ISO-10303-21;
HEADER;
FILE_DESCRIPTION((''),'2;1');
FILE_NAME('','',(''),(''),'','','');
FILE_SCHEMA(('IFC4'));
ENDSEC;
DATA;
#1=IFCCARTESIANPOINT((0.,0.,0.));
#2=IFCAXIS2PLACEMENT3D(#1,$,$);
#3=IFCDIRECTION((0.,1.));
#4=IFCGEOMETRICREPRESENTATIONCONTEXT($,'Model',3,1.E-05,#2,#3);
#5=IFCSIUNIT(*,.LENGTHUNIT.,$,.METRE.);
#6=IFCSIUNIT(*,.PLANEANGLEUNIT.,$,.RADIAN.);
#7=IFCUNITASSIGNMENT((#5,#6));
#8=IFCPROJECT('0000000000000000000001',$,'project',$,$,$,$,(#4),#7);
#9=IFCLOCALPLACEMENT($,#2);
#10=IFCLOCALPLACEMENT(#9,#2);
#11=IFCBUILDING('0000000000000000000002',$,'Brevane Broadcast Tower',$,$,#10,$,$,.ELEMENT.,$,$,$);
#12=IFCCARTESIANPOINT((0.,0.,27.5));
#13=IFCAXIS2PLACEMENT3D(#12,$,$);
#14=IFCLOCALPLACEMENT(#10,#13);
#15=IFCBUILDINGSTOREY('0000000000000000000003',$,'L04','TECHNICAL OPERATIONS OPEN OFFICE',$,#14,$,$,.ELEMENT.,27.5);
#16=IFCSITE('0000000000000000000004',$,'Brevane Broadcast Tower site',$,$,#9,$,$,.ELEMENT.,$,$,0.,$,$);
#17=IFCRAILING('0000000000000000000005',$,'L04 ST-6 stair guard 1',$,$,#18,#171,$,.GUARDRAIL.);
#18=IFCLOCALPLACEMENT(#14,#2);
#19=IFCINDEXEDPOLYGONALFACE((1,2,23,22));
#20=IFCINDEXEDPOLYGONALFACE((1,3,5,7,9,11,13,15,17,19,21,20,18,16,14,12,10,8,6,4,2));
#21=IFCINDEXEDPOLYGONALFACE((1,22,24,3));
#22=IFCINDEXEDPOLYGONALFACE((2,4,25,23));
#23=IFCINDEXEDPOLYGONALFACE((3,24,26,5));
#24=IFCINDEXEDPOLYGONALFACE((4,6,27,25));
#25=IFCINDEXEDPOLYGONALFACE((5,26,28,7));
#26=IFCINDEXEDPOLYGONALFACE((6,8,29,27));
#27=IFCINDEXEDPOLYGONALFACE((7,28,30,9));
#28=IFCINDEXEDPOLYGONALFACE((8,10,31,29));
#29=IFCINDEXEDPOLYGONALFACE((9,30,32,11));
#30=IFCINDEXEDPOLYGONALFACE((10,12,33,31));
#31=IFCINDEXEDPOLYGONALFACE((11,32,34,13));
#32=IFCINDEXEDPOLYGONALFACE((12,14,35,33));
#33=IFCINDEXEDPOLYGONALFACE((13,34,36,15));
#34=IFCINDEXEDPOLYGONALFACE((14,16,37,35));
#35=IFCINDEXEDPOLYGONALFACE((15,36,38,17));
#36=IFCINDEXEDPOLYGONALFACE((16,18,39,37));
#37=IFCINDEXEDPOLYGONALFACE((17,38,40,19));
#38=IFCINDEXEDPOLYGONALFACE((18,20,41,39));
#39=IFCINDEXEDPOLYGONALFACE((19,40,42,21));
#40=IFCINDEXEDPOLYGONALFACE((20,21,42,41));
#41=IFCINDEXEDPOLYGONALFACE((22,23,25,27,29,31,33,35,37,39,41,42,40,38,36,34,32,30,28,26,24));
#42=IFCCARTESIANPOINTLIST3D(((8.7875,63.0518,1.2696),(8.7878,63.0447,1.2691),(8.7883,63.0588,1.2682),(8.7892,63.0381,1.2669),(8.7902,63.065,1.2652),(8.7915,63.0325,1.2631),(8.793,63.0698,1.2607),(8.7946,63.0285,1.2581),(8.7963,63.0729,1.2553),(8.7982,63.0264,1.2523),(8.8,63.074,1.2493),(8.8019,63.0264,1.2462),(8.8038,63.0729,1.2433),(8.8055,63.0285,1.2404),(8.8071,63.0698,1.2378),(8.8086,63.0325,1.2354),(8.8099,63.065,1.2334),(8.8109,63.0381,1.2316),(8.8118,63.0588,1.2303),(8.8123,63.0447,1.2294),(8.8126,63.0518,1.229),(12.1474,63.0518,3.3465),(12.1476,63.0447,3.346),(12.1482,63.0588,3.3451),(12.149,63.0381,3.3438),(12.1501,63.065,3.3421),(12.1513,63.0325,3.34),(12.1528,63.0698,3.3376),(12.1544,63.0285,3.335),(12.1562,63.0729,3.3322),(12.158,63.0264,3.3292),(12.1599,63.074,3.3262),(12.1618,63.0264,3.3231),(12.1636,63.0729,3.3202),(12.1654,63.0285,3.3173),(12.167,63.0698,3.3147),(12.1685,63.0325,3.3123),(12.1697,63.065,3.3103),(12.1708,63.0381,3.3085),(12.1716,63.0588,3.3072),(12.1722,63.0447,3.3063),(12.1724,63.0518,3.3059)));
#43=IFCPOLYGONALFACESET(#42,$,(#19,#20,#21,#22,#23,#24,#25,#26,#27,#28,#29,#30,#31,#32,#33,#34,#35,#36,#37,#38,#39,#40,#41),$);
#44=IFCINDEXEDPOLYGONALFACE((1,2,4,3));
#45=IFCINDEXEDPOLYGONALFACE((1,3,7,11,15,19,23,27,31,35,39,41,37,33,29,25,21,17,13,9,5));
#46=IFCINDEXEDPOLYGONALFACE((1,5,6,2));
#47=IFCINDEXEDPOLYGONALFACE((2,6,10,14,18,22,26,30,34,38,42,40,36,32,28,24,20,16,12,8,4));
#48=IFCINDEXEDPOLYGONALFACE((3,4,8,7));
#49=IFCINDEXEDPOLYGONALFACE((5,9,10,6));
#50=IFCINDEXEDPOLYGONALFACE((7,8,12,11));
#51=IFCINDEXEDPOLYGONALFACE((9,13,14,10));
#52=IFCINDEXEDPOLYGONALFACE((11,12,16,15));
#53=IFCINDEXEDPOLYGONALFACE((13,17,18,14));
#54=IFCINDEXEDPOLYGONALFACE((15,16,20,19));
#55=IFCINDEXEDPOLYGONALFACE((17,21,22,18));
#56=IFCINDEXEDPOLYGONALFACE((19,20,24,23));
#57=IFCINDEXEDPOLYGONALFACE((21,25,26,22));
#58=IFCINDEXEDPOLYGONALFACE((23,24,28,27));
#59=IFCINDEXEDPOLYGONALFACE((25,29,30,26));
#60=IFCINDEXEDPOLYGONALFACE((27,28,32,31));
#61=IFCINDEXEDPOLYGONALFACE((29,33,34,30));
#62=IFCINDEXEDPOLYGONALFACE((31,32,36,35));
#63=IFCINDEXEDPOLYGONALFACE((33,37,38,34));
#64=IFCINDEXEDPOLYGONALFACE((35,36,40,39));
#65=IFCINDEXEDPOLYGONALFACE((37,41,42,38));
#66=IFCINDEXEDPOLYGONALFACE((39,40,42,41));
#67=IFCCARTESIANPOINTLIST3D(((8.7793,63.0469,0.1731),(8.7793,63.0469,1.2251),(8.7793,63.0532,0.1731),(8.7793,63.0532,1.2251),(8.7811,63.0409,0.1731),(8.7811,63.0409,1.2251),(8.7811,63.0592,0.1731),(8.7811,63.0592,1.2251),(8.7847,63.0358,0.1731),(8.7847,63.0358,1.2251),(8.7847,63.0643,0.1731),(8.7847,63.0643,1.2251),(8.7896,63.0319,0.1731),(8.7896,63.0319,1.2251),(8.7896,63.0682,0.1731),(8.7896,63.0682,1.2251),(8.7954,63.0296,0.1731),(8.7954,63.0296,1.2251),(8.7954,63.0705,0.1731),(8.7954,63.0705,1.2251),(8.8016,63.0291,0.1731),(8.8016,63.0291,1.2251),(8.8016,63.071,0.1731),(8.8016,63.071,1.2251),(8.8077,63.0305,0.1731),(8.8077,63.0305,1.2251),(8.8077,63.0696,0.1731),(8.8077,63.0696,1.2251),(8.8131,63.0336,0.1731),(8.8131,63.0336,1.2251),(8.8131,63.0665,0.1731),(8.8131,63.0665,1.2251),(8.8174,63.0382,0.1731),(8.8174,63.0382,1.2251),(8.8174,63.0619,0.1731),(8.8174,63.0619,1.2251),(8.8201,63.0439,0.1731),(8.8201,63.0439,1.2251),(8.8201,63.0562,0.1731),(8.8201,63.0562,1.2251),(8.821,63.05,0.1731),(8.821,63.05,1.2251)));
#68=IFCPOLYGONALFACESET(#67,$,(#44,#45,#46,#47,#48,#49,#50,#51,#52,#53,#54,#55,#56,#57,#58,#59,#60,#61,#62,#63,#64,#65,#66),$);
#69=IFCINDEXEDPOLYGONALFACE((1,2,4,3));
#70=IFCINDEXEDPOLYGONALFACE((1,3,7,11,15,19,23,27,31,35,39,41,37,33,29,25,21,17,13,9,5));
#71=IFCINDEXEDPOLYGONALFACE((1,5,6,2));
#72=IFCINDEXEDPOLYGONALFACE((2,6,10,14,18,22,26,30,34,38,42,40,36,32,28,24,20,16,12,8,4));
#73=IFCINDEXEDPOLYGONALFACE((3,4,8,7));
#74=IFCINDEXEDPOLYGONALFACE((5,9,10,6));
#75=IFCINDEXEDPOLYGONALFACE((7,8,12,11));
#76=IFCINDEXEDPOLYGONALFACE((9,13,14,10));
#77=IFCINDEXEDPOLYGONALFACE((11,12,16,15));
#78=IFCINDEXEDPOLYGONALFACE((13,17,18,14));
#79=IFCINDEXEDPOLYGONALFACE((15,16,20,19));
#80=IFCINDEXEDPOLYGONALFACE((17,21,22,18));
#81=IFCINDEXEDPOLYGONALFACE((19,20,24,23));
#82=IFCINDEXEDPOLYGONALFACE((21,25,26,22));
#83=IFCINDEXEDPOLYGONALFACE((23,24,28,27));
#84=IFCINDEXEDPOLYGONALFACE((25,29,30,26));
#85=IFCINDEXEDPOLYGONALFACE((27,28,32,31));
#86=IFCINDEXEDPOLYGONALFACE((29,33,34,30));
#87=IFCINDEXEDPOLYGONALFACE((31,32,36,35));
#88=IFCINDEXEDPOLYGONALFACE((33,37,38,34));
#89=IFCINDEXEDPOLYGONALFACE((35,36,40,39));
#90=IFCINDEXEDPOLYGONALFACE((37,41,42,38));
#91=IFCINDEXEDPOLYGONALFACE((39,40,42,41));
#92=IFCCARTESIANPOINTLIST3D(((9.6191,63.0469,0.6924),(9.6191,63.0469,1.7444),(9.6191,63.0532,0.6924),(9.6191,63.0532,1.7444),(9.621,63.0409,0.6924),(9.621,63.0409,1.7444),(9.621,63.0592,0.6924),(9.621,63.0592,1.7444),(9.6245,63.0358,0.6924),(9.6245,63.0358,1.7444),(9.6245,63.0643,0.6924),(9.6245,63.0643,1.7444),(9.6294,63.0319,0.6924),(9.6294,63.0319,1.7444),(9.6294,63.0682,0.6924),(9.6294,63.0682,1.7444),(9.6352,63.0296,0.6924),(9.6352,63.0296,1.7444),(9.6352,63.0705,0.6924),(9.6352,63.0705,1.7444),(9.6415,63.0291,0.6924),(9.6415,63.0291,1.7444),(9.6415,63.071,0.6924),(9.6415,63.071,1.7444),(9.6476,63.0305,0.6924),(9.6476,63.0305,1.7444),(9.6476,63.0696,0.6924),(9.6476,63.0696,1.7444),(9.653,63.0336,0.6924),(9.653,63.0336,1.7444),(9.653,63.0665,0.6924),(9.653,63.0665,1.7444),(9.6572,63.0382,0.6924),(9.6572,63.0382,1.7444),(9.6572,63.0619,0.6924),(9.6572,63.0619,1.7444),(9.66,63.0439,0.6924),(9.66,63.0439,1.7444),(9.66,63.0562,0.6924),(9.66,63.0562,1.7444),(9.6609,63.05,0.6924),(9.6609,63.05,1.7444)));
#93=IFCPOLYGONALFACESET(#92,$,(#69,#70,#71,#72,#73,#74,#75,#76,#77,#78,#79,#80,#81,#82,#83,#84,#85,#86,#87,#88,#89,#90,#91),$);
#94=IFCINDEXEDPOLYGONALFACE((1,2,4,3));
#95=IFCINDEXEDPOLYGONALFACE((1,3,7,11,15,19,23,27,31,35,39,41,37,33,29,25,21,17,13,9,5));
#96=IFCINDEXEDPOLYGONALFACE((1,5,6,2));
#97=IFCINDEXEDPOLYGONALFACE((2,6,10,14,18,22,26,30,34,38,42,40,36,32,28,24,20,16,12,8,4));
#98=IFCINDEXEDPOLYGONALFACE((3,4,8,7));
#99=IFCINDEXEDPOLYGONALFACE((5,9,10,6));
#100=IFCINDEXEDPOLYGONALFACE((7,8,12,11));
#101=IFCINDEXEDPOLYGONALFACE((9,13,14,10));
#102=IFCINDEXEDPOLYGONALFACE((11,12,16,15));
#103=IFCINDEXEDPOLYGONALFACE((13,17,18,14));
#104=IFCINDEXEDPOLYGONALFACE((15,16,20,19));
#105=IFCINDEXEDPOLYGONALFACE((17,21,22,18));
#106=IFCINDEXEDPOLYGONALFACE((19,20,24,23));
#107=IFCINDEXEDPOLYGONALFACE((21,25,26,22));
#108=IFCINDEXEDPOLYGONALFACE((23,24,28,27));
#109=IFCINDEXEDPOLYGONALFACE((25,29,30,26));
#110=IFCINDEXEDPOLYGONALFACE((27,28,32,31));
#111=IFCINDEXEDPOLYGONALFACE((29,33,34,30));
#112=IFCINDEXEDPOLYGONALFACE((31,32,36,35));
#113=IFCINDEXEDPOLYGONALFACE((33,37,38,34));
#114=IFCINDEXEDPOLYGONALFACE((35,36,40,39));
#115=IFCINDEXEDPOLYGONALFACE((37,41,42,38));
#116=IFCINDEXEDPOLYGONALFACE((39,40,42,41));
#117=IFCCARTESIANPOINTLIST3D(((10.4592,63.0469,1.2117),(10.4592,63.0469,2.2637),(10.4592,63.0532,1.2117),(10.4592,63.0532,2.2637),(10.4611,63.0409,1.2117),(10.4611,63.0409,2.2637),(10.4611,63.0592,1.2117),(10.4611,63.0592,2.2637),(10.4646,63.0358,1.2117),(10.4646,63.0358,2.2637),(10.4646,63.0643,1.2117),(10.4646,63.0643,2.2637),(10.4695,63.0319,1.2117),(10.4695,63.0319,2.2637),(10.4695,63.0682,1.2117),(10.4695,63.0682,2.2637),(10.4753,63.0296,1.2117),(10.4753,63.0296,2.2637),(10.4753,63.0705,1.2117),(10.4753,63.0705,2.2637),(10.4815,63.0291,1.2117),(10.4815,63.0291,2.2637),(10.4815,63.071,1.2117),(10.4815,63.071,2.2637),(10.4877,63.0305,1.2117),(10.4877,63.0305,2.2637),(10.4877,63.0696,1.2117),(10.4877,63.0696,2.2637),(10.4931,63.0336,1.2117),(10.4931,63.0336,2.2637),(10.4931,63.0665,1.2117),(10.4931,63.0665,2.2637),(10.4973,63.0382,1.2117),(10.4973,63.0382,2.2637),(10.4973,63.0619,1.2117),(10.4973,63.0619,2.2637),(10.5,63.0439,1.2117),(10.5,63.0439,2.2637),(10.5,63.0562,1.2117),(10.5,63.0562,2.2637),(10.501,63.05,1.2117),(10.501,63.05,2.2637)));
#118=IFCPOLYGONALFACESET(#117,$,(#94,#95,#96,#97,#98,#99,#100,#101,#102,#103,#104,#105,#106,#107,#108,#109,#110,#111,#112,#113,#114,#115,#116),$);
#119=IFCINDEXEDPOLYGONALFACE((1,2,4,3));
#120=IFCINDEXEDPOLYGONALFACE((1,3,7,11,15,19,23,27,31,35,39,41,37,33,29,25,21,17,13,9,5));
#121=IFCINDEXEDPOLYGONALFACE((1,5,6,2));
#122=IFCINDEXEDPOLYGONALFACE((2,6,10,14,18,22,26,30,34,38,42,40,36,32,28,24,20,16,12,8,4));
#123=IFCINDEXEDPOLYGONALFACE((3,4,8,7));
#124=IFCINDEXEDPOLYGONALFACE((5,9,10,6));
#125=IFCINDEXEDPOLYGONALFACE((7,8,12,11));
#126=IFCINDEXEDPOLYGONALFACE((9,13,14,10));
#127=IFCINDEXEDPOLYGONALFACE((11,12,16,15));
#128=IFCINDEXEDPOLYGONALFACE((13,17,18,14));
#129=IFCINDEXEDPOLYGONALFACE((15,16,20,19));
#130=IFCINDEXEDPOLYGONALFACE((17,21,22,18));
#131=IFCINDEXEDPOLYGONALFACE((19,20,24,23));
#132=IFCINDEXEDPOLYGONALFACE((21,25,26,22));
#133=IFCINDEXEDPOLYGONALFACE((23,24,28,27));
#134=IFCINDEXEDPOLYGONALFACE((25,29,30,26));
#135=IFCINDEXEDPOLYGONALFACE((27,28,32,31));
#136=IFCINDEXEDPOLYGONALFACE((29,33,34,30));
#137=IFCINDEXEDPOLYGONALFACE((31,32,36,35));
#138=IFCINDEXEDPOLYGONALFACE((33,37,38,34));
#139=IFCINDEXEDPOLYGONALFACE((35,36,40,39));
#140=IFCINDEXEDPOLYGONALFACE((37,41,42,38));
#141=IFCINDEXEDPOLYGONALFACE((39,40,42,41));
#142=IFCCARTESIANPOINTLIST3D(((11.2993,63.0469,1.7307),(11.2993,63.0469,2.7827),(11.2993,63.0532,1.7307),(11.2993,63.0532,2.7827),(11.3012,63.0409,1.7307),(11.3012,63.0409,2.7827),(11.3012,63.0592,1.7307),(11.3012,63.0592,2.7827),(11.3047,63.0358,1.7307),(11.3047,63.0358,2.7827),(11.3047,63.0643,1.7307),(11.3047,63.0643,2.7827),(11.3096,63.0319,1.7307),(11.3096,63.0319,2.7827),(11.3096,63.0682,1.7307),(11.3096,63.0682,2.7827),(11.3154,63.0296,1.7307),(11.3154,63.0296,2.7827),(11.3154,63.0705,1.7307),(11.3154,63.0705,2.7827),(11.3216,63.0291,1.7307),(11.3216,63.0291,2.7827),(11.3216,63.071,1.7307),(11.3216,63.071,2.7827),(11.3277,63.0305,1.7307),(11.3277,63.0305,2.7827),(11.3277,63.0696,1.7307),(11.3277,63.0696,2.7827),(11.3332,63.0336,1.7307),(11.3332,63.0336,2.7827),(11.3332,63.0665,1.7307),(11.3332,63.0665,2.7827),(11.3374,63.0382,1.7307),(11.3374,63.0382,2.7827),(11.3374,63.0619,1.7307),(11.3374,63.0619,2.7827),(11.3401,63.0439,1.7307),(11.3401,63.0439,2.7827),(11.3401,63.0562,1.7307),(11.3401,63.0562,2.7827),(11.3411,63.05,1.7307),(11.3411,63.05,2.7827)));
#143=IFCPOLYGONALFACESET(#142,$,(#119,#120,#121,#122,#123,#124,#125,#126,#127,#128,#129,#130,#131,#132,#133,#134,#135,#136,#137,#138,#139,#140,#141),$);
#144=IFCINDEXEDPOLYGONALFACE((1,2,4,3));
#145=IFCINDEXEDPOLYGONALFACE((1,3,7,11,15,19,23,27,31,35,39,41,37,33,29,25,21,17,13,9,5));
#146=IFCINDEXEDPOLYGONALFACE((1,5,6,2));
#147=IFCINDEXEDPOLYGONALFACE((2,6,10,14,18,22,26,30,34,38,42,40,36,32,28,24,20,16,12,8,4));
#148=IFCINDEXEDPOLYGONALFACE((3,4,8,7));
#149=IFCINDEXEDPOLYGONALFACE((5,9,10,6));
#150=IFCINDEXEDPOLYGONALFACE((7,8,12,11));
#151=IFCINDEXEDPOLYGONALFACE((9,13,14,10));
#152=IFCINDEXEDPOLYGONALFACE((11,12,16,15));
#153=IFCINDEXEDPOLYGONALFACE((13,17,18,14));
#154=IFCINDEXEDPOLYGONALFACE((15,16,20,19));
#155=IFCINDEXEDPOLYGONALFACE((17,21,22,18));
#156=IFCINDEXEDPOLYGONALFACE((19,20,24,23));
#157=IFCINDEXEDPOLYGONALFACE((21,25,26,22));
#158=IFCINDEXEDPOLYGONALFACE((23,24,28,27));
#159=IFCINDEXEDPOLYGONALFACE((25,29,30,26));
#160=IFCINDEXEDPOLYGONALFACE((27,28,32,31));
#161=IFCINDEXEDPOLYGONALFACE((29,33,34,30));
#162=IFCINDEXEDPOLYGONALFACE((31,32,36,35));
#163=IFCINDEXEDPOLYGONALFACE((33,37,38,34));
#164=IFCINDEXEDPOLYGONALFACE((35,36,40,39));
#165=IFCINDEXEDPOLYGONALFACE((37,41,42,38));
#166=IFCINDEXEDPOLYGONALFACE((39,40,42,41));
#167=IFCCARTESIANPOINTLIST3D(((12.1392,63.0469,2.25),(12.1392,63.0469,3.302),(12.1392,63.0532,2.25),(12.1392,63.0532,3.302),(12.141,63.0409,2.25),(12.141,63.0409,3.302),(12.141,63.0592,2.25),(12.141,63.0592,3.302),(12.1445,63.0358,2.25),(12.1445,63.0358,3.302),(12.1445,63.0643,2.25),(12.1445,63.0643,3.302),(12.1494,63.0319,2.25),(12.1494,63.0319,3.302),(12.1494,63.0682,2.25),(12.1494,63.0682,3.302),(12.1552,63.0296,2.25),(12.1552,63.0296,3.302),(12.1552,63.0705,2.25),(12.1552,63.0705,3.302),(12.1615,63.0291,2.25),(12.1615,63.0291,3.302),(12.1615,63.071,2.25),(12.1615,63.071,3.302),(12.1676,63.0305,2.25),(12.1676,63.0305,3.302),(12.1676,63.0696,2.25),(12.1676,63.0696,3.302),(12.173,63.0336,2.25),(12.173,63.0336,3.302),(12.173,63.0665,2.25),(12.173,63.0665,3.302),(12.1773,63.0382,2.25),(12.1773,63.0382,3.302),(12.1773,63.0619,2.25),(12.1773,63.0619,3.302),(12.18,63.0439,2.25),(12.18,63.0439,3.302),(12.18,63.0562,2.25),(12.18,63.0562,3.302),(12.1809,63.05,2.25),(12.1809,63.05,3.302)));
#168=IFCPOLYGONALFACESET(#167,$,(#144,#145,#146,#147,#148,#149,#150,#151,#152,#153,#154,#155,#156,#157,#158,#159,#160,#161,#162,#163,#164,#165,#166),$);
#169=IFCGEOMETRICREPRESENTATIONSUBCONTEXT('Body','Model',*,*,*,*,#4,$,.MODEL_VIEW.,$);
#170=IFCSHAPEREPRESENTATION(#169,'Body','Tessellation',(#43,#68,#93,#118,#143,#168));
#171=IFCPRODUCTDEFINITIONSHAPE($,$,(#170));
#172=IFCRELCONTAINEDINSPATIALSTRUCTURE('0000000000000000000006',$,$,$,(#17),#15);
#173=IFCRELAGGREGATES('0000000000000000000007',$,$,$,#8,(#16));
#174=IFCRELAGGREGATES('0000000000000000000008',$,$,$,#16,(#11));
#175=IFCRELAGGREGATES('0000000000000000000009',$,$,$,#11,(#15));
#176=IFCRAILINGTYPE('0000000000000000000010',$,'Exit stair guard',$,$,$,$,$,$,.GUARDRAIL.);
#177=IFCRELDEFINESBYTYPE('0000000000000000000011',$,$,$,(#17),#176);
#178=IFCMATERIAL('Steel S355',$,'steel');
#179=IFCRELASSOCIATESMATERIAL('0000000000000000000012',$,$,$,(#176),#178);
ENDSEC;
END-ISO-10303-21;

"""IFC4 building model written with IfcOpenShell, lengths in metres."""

from ifc_helpers import new_model, si_unit, direction, frame, origin, origin_2d, place, context, subcontext, project, spatial, circle, extrude, material, type_object, element, save


model = new_model("IFC4")

# Units and contexts
model_context = context("Model", 3, precision=1e-05, world=origin(), true_north=direction((0.0, 1.0)))
body_context = subcontext(model_context, "Body", "Model", "MODEL_VIEW")
ifc_project = project(units=[si_unit("LENGTHUNIT", "METRE"), si_unit("PLANEANGLEUNIT", "RADIAN")], contexts=[model_context])

# Site, building, storey
site_placement = place(None, origin())
site = spatial("IfcSite", under=ifc_project, at=site_placement, Name="Brevane Broadcast Tower site", CompositionType="ELEMENT", RefElevation=0.0)
building_placement = place(site_placement, origin())
building = spatial("IfcBuilding", under=site, at=building_placement, Name="Brevane Broadcast Tower", CompositionType="ELEMENT")
storey_placement = place(building_placement, frame((0.0, 0.0, 27.5)))
storey = spatial("IfcBuildingStorey", under=building, at=storey_placement, Name="L04", Description="TECHNICAL OPERATIONS OPEN OFFICE", CompositionType="ELEMENT", Elevation=27.5)

# Railing
ifc_material_1 = material(Name="Steel S355", Category="steel")
railing_type_1 = type_object("IfcRailingType", Name="Exit stair guard", PredefinedType="GUARDRAIL", material=ifc_material_1)
railing_1_placement = place(storey_placement, frame((8.8, 63.05, 0.1731)))
element("IfcRailing", 1, at=railing_1_placement, inside=storey, type_object=railing_type_1, Name="L04 ST-6 stair guard 1", PredefinedType="GUARDRAIL", context=body_context, shape_type="SweptSolid", body=[
    extrude(circle(Radius=0.0239, at=origin_2d()), frame((0.0, 0.0, 1.0762), z_axis=(0.850606, 0.0, 0.525803), x_axis=(0.0, 1.0, 0.0)), (0.0, 0.0, 1.0), 3.95),
    extrude(circle(Radius=0.021, at=origin_2d()), origin(), (0.0, 0.0, 1.0), 1.052),
    extrude(circle(Radius=0.021, at=origin_2d()), frame((0.8398, 0.0, 0.5193)), (0.0, 0.0, 1.0), 1.052),
    extrude(circle(Radius=0.021, at=origin_2d()), frame((1.6799, 0.0, 1.0386)), (0.0, 0.0, 1.0), 1.052),
    extrude(circle(Radius=0.021, at=origin_2d()), frame((2.52, 0.0, 1.5576)), (0.0, 0.0, 1.0), 1.052),
    extrude(circle(Radius=0.021, at=origin_2d()), frame((3.3599, 0.0, 2.0769)), (0.0, 0.0, 1.0), 1.052),
])

save(model, "model.ifc")
